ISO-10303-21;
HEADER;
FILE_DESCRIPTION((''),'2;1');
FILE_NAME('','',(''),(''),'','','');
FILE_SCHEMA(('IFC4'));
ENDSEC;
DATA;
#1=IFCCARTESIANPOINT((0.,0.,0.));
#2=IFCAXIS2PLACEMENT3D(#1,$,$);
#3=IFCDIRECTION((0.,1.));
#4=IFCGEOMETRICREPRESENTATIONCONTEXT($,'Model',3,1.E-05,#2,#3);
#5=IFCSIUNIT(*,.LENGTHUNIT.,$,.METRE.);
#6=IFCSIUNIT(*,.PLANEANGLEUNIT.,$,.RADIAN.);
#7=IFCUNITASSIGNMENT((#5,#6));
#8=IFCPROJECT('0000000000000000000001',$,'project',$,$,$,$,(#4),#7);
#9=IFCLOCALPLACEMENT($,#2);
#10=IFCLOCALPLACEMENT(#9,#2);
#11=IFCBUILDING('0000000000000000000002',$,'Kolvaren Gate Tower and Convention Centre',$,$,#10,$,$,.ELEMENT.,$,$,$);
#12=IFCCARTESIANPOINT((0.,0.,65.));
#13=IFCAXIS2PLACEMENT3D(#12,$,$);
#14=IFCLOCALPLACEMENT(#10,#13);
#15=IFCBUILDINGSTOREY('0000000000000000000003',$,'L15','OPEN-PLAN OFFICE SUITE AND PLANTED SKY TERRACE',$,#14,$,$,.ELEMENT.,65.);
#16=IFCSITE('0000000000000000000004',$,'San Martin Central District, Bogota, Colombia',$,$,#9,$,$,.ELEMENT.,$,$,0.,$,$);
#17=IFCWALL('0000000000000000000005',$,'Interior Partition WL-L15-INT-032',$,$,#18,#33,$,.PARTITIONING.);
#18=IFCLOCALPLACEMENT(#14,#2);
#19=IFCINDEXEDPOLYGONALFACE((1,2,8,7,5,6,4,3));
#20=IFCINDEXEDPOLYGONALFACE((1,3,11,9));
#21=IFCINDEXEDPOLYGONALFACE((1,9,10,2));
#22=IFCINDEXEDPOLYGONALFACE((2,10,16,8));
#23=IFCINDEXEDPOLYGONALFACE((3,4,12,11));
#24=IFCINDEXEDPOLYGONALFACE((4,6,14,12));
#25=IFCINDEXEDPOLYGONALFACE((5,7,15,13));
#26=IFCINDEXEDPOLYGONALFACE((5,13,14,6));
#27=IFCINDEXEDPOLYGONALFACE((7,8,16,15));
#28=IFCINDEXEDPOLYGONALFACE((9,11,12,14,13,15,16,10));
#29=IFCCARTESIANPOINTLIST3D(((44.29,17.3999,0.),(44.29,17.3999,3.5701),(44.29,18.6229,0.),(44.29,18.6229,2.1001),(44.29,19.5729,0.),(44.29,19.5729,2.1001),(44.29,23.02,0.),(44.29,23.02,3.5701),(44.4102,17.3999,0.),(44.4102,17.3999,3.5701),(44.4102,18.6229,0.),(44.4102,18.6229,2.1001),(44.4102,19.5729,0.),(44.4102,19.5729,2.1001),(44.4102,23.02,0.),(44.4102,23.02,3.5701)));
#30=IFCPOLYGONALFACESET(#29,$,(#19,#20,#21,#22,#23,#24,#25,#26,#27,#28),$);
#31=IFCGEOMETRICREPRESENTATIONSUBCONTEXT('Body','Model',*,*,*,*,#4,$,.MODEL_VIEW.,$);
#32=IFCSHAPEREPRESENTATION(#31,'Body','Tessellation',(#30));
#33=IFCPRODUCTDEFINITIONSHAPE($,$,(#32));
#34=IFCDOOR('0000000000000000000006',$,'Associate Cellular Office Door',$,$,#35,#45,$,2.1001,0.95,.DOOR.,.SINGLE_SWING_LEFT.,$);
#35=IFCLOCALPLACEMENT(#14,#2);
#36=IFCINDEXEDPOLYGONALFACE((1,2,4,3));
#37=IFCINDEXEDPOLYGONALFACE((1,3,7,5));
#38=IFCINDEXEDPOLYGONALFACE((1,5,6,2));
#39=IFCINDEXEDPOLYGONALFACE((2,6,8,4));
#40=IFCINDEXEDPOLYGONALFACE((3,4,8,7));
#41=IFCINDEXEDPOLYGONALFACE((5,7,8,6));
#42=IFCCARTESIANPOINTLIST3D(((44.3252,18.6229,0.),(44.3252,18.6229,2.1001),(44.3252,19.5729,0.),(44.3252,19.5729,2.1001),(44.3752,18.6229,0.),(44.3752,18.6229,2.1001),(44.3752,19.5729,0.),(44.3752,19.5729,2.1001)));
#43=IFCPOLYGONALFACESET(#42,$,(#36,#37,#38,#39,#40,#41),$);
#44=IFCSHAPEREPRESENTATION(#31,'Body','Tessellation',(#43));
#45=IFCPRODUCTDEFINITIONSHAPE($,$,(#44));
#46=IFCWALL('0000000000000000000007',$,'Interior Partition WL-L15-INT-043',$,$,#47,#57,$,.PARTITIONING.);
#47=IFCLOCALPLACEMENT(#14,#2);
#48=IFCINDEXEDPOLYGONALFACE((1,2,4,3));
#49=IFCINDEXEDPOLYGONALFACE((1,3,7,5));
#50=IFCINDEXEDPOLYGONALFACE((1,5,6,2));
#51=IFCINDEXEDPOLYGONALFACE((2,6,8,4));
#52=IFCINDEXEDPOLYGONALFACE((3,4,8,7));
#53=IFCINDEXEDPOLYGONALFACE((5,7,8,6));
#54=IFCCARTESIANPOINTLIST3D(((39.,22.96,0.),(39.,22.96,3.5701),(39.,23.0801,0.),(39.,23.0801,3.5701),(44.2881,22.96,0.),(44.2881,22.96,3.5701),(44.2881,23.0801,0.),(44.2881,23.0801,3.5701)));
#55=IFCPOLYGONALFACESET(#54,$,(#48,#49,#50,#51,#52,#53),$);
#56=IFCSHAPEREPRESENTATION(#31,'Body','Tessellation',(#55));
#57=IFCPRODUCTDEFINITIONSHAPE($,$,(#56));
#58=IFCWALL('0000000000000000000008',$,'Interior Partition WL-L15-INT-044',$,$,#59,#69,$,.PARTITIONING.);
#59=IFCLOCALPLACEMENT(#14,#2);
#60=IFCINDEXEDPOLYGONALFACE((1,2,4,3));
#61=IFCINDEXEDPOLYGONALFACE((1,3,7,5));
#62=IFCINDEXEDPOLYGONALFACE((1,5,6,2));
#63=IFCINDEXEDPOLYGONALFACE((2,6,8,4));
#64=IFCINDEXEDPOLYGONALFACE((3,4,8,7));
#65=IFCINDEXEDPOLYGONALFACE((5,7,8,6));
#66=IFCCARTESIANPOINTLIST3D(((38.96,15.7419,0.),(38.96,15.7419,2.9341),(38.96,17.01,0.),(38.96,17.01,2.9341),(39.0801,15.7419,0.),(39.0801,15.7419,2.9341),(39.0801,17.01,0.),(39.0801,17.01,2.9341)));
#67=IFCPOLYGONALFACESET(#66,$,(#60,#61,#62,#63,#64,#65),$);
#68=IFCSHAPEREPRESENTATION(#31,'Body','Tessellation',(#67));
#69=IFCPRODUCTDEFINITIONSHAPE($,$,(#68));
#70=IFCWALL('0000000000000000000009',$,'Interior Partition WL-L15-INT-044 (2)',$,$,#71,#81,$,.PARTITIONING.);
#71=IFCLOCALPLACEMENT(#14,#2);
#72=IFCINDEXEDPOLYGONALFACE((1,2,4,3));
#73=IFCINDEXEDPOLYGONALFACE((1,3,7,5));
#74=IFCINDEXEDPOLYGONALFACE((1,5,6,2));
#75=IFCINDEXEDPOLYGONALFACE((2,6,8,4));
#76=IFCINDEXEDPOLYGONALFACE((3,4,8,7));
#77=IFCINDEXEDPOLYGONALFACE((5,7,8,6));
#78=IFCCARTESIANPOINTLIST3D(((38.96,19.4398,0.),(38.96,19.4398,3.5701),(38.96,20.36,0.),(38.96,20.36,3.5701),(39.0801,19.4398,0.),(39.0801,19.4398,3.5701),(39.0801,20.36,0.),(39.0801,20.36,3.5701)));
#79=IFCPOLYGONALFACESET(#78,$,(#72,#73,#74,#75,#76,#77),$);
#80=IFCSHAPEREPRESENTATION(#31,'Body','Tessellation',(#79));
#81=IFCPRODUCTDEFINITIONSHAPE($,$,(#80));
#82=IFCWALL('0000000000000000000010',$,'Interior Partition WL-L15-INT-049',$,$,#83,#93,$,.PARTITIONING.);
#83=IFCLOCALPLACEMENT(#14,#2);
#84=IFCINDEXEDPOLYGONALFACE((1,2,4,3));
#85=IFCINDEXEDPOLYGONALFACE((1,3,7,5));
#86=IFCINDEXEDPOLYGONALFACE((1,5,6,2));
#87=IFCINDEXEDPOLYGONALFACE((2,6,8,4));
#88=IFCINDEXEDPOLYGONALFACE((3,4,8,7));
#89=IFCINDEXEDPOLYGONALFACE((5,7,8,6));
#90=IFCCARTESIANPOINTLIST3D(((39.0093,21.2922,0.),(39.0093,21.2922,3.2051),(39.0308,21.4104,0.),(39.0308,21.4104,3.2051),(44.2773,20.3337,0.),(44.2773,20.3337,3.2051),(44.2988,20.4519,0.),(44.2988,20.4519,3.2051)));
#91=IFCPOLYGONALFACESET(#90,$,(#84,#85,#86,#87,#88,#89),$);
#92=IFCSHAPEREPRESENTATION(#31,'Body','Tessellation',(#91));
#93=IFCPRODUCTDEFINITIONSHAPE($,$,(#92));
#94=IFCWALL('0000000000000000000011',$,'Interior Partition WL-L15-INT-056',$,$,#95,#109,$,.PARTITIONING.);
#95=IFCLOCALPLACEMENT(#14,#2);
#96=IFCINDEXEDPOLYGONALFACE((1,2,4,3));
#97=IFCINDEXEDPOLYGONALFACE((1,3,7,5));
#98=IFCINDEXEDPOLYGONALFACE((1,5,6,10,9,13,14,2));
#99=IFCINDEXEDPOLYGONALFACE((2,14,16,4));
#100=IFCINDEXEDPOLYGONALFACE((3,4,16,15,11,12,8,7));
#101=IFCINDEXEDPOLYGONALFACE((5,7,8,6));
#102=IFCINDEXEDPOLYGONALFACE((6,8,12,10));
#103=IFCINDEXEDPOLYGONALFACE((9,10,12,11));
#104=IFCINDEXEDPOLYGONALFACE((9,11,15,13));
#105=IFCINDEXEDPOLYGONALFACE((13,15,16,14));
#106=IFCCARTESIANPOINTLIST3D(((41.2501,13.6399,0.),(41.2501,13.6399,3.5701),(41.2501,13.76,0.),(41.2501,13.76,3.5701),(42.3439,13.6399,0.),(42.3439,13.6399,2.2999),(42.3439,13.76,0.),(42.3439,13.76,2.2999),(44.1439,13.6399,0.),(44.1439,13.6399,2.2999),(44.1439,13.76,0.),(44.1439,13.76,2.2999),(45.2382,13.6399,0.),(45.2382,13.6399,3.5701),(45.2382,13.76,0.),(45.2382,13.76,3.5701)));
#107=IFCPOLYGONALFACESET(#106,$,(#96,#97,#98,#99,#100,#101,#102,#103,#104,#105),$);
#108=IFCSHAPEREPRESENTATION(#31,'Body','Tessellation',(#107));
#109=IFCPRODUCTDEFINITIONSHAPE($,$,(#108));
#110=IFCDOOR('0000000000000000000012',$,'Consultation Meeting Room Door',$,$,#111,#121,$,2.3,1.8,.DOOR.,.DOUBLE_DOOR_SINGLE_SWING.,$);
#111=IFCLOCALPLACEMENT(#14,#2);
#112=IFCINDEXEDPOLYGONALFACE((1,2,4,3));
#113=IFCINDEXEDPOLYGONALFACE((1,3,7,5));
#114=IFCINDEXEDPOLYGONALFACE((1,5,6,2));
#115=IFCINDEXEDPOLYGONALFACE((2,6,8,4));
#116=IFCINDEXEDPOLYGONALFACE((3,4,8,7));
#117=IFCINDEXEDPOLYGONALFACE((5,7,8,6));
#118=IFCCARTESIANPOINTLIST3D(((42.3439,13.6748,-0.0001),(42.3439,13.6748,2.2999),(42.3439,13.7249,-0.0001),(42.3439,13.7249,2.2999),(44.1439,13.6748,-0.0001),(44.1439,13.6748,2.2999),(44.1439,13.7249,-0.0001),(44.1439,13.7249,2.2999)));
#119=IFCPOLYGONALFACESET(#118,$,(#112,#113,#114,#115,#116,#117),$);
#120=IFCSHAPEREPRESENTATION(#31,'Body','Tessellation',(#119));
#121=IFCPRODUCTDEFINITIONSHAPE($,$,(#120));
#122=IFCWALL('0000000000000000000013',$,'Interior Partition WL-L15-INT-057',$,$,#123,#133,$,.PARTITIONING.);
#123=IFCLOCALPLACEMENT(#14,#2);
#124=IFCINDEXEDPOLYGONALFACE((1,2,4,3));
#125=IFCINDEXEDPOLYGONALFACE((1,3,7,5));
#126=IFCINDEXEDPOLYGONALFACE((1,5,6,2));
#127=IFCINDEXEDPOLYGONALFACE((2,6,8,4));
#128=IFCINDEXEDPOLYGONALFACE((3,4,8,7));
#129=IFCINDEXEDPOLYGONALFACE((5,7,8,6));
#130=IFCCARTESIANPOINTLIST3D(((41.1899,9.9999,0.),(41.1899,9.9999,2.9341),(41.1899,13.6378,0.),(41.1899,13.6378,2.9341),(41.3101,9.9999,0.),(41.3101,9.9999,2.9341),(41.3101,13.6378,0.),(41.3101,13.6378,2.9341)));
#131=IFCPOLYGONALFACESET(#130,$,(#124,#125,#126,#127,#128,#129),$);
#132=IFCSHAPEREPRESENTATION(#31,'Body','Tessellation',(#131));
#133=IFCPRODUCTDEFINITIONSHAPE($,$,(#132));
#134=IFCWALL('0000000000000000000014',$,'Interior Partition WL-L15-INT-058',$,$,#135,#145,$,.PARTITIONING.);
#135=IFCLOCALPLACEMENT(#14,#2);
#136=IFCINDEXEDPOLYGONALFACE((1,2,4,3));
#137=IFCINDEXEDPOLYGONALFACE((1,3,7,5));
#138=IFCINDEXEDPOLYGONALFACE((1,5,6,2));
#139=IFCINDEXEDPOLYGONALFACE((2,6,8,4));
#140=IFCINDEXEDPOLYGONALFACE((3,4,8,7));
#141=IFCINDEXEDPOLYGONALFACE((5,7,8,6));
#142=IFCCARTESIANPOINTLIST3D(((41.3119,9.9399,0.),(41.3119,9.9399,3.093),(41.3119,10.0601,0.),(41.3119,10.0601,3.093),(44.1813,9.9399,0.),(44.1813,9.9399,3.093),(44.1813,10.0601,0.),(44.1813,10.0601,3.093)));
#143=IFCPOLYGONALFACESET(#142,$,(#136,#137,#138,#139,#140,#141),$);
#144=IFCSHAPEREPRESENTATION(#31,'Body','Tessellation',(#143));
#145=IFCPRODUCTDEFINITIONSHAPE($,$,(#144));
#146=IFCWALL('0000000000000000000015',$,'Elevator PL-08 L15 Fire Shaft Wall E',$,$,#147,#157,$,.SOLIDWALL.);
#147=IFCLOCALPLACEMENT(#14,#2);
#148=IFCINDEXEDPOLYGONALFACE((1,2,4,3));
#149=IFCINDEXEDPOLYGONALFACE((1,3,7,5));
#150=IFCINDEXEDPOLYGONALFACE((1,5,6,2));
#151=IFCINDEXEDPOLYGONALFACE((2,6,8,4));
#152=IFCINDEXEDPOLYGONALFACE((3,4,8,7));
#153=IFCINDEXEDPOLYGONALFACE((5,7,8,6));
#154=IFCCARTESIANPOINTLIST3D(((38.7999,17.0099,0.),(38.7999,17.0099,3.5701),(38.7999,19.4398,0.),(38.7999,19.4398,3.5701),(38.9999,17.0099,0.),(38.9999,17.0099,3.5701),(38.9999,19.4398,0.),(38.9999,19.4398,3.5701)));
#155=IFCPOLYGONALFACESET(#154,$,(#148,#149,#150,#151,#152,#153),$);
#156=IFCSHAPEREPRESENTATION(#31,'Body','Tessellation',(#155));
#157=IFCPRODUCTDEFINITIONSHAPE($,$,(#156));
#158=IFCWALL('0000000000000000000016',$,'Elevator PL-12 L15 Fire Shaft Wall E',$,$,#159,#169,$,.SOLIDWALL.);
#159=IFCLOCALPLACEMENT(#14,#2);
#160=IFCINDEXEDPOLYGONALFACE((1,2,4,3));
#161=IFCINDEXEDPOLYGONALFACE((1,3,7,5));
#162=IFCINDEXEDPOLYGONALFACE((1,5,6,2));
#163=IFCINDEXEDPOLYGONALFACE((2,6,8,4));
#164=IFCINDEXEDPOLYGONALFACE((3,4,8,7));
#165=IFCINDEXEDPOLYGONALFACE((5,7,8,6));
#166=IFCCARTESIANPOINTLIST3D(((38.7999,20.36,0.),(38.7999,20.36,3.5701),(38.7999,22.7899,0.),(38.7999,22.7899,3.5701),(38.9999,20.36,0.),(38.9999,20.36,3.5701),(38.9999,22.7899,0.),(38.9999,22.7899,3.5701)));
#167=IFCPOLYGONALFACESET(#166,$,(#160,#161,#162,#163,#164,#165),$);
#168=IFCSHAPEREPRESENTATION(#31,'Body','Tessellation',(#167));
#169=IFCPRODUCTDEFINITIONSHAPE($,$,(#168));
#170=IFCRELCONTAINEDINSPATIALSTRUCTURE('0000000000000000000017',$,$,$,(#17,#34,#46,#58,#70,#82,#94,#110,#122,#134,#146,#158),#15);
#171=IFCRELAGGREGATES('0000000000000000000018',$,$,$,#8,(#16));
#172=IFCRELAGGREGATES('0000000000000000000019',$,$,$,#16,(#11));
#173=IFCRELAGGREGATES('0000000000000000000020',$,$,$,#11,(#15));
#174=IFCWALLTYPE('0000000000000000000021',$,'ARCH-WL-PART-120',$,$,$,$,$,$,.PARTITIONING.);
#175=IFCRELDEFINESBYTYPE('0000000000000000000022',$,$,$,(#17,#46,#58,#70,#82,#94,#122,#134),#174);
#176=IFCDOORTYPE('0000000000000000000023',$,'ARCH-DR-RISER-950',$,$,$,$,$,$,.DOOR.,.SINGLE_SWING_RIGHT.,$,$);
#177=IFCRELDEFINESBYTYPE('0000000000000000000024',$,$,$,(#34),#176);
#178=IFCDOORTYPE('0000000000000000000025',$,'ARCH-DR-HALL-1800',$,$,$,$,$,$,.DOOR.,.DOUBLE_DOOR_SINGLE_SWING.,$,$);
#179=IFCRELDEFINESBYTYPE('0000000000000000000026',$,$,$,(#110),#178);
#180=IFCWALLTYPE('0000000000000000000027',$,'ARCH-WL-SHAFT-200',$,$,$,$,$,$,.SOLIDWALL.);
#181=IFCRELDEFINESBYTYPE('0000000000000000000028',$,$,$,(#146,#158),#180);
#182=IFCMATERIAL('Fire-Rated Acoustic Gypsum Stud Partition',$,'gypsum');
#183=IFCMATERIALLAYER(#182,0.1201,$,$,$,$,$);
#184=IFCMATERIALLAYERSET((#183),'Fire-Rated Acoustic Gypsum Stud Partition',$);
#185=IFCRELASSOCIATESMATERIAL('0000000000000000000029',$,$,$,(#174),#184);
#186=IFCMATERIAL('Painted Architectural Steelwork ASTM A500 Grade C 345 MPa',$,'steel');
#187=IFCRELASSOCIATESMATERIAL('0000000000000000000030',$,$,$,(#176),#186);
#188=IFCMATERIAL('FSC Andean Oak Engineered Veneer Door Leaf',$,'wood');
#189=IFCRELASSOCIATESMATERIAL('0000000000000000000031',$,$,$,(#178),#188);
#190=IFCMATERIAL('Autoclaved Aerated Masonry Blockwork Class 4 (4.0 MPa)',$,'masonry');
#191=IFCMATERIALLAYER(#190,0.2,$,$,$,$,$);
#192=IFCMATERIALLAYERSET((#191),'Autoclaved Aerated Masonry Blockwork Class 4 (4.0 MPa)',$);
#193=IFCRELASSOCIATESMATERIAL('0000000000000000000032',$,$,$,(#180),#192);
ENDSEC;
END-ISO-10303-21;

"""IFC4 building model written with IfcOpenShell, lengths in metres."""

from ifc_helpers import new_model, si_unit, direction, frame, frame_2d, origin, place, context, subcontext, project, spatial, rectangle, extrude, material, layer, layer_set, type_object, element, fill, save


model = new_model("IFC4")

# Units and contexts
model_context = context("Model", 3, precision=1e-05, world=origin(), true_north=direction((0.0, 1.0)))
body_context = subcontext(model_context, "Body", "Model", "MODEL_VIEW")
ifc_project = project(units=[si_unit("LENGTHUNIT", "METRE"), si_unit("PLANEANGLEUNIT", "RADIAN")], contexts=[model_context])

# Site, building, storey
site_placement = place(None, origin())
site = spatial("IfcSite", under=ifc_project, at=site_placement, Name="San Martin Central District, Bogota, Colombia", CompositionType="ELEMENT", RefElevation=0.0)
building_placement = place(site_placement, origin())
building = spatial("IfcBuilding", under=site, at=building_placement, Name="Kolvaren Gate Tower and Convention Centre", CompositionType="ELEMENT")
storey_placement = place(building_placement, frame((0.0, 0.0, 65.0)))
storey = spatial("IfcBuildingStorey", under=building, at=storey_placement, Name="L15", Description="OPEN-PLAN OFFICE SUITE AND PLANTED SKY TERRACE", CompositionType="ELEMENT", Elevation=65.0)

# Wall, opening, door
ifc_material_1 = material(Name="Fire-Rated Acoustic Gypsum Stud Partition", Category="gypsum")
ifc_layer_1 = layer(ifc_material_1, 0.1201)
ifc_layer_set_1 = layer_set([ifc_layer_1], Name="Fire-Rated Acoustic Gypsum Stud Partition")
wall_type_1 = type_object("IfcWallType", Name="ARCH-WL-PART-120", PredefinedType="PARTITIONING", material=ifc_layer_set_1)
wall_1_placement = place(storey_placement, frame((44.3501, 17.3999, 0.0), z_axis=(0.0, 0.0, 1.0), x_axis=(0.0, 1.0, 0.0)))
wall_1 = element("IfcWall", 1, at=wall_1_placement, inside=storey, type_object=wall_type_1, Name="Interior Partition WL-L15-INT-032", PredefinedType="PARTITIONING", context=body_context, shape_type="SweptSolid", body=[
    extrude(rectangle(XDim=5.6201, YDim=0.1201, at=frame_2d((2.8101, 0.0))), origin(), (0.0, 0.0, 1.0), 3.5701),
])
opening_1_placement = place(wall_1_placement, frame((1.2229, 0.0, 0.0)))
opening_1 = element("IfcOpeningElement", 2, at=opening_1_placement, cuts=wall_1, PredefinedType="OPENING", context=body_context, shape_type="SweptSolid", body=[
    extrude(rectangle(XDim=0.95, YDim=2.1001, at=frame_2d((0.4751, 1.05))), frame((0.0, 0.0701, 0.0), z_axis=(0.0, -1.0, 0.0), x_axis=(1.0, 0.0, 0.0)), (0.0, 0.0, 1.0), 0.1401),
])
ifc_material_2 = material(Name="Painted Architectural Steelwork ASTM A500 Grade C 345 MPa", Category="steel")
door_type_1 = type_object("IfcDoorType", Name="ARCH-DR-RISER-950", OperationType="SINGLE_SWING_RIGHT", PredefinedType="DOOR", material=ifc_material_2)
door_1_placement = place(opening_1_placement, origin())
door_1 = element("IfcDoor", 3, at=door_1_placement, inside=storey, type_object=door_type_1, Name="Associate Cellular Office Door", OperationType="SINGLE_SWING_LEFT", OverallHeight=2.1001, OverallWidth=0.95, PredefinedType="DOOR", context=body_context, shape_type="SweptSolid", body=[
    extrude(rectangle(XDim=0.95, YDim=2.1001, at=frame_2d((0.4751, 1.05))), frame((0.0, 0.0249, 0.0), z_axis=(0.0, -1.0, 0.0), x_axis=(1.0, 0.0, 0.0)), (0.0, 0.0, 1.0), 0.05),
])
fill(opening_1, door_1)

# Walls
wall_2_placement = place(storey_placement, frame((39.0, 23.02, 0.0), z_axis=(0.0, 0.0, 1.0), x_axis=(1.0, 0.0, 0.0)))
element("IfcWall", 4, at=wall_2_placement, inside=storey, type_object=wall_type_1, Name="Interior Partition WL-L15-INT-043", PredefinedType="PARTITIONING", context=body_context, shape_type="SweptSolid", body=[
    extrude(rectangle(XDim=5.2881, YDim=0.1201, at=frame_2d((2.644, 0.0))), origin(), (0.0, 0.0, 1.0), 3.5701),
])
wall_3_placement = place(storey_placement, frame((39.02, 15.7419, 0.0), z_axis=(0.0, 0.0, 1.0), x_axis=(0.0, 1.0, 0.0)))
element("IfcWall", 5, at=wall_3_placement, inside=storey, type_object=wall_type_1, Name="Interior Partition WL-L15-INT-044", PredefinedType="PARTITIONING", context=body_context, shape_type="SweptSolid", body=[
    extrude(rectangle(XDim=1.2681, YDim=0.1201, at=frame_2d((0.634, 0.0))), origin(), (0.0, 0.0, 1.0), 2.9341),
])
wall_4_placement = place(storey_placement, frame((39.02, 19.4399, 0.0), z_axis=(0.0, 0.0, 1.0), x_axis=(0.0, 1.0, 0.0)))
element("IfcWall", 6, at=wall_4_placement, inside=storey, type_object=wall_type_1, Name="Interior Partition WL-L15-INT-044 (2)", PredefinedType="PARTITIONING", context=body_context, shape_type="SweptSolid", body=[
    extrude(rectangle(XDim=0.9202, YDim=0.1201, at=frame_2d((0.46, 0.0))), origin(), (0.0, 0.0, 1.0), 3.5701),
])
wall_5_placement = place(storey_placement, frame((39.02, 21.3513, 0.0), z_axis=(0.0, 0.0, 1.0), x_axis=(0.983848, -0.179006, 0.0)))
element("IfcWall", 7, at=wall_5_placement, inside=storey, type_object=wall_type_1, Name="Interior Partition WL-L15-INT-049", PredefinedType="PARTITIONING", context=body_context, shape_type="SweptSolid", body=[
    extrude(rectangle(XDim=5.3545, YDim=0.1201, at=frame_2d((2.6772, 0.0))), origin(), (0.0, 0.0, 1.0), 3.2051),
])

# Wall, opening, door
wall_6_placement = place(storey_placement, frame((41.25, 13.7, 0.0), z_axis=(0.0, 0.0, 1.0), x_axis=(1.0, 0.0, 0.0)))
wall_6 = element("IfcWall", 8, at=wall_6_placement, inside=storey, type_object=wall_type_1, Name="Interior Partition WL-L15-INT-056", PredefinedType="PARTITIONING", context=body_context, shape_type="SweptSolid", body=[
    extrude(rectangle(XDim=3.988, YDim=0.1201, at=frame_2d((1.9941, 0.0))), origin(), (0.0, 0.0, 1.0), 3.5701),
])
opening_2_placement = place(wall_6_placement, frame((1.094, 0.0, 0.0)))
opening_2 = element("IfcOpeningElement", 9, at=opening_2_placement, cuts=wall_6, PredefinedType="OPENING", context=body_context, shape_type="SweptSolid", body=[
    extrude(rectangle(XDim=1.8, YDim=2.3, at=frame_2d((0.8999, 1.1499))), frame((0.0, 0.0701, 0.0), z_axis=(0.0, -1.0, 0.0), x_axis=(1.0, 0.0, 0.0)), (0.0, 0.0, 1.0), 0.1401),
])
ifc_material_3 = material(Name="FSC Andean Oak Engineered Veneer Door Leaf", Category="wood")
door_type_2 = type_object("IfcDoorType", Name="ARCH-DR-HALL-1800", OperationType="DOUBLE_DOOR_SINGLE_SWING", PredefinedType="DOOR", material=ifc_material_3)
door_2_placement = place(opening_2_placement, origin())
door_2 = element("IfcDoor", 10, at=door_2_placement, inside=storey, type_object=door_type_2, Name="Consultation Meeting Room Door", OperationType="DOUBLE_DOOR_SINGLE_SWING", OverallHeight=2.3, OverallWidth=1.8, PredefinedType="DOOR", context=body_context, shape_type="SweptSolid", body=[
    extrude(rectangle(XDim=1.8, YDim=2.3, at=frame_2d((0.8999, 1.1499))), frame((0.0, 0.0249, 0.0), z_axis=(0.0, -1.0, 0.0), x_axis=(1.0, 0.0, 0.0)), (0.0, 0.0, 1.0), 0.05),
])
fill(opening_2, door_2)

# Walls
wall_7_placement = place(storey_placement, frame((41.25, 10.0, 0.0), z_axis=(0.0, 0.0, 1.0), x_axis=(0.0, 1.0, 0.0)))
element("IfcWall", 11, at=wall_7_placement, inside=storey, type_object=wall_type_1, Name="Interior Partition WL-L15-INT-057", PredefinedType="PARTITIONING", context=body_context, shape_type="SweptSolid", body=[
    extrude(rectangle(XDim=3.6379, YDim=0.1201, at=frame_2d((1.8188, 0.0))), origin(), (0.0, 0.0, 1.0), 2.9341),
])
wall_8_placement = place(storey_placement, frame((41.312, 10.0, 0.0), z_axis=(0.0, 0.0, 1.0), x_axis=(1.0, 0.0, 0.0)))
element("IfcWall", 12, at=wall_8_placement, inside=storey, type_object=wall_type_1, Name="Interior Partition WL-L15-INT-058", PredefinedType="PARTITIONING", context=body_context, shape_type="SweptSolid", body=[
    extrude(rectangle(XDim=2.8694, YDim=0.1201, at=frame_2d((1.4346, 0.0))), origin(), (0.0, 0.0, 1.0), 3.093),
])
ifc_material_4 = material(Name="Autoclaved Aerated Masonry Blockwork Class 4 (4.0 MPa)", Category="masonry")
ifc_layer_2 = layer(ifc_material_4, 0.2)
ifc_layer_set_2 = layer_set([ifc_layer_2], Name="Autoclaved Aerated Masonry Blockwork Class 4 (4.0 MPa)")
wall_type_2 = type_object("IfcWallType", Name="ARCH-WL-SHAFT-200", PredefinedType="SOLIDWALL", material=ifc_layer_set_2)
for number, where, z_axis, x_axis, name in (
    (13, (38.8999, 17.01, 0.0), (0.0, 0.0, 1.0), (0.0, 1.0, 0.0), "Elevator PL-08 L15 Fire Shaft Wall E"),
    (14, (38.8999, 20.3601, 0.0), (0.0, 0.0, 1.0), (0.0, 1.0, 0.0), "Elevator PL-12 L15 Fire Shaft Wall E"),
):
    element("IfcWall", number, at=place(storey_placement, frame(where, z_axis=z_axis, x_axis=x_axis)), inside=storey, type_object=wall_type_2, Name=name, PredefinedType="SOLIDWALL", context=body_context, shape_type="SweptSolid", body=[
        extrude(rectangle(XDim=2.4299, YDim=0.2, at=frame_2d((1.2148, 0.0))), origin(), (0.0, 0.0, 1.0), 3.5701),
    ])

save(model, "model.ifc")
